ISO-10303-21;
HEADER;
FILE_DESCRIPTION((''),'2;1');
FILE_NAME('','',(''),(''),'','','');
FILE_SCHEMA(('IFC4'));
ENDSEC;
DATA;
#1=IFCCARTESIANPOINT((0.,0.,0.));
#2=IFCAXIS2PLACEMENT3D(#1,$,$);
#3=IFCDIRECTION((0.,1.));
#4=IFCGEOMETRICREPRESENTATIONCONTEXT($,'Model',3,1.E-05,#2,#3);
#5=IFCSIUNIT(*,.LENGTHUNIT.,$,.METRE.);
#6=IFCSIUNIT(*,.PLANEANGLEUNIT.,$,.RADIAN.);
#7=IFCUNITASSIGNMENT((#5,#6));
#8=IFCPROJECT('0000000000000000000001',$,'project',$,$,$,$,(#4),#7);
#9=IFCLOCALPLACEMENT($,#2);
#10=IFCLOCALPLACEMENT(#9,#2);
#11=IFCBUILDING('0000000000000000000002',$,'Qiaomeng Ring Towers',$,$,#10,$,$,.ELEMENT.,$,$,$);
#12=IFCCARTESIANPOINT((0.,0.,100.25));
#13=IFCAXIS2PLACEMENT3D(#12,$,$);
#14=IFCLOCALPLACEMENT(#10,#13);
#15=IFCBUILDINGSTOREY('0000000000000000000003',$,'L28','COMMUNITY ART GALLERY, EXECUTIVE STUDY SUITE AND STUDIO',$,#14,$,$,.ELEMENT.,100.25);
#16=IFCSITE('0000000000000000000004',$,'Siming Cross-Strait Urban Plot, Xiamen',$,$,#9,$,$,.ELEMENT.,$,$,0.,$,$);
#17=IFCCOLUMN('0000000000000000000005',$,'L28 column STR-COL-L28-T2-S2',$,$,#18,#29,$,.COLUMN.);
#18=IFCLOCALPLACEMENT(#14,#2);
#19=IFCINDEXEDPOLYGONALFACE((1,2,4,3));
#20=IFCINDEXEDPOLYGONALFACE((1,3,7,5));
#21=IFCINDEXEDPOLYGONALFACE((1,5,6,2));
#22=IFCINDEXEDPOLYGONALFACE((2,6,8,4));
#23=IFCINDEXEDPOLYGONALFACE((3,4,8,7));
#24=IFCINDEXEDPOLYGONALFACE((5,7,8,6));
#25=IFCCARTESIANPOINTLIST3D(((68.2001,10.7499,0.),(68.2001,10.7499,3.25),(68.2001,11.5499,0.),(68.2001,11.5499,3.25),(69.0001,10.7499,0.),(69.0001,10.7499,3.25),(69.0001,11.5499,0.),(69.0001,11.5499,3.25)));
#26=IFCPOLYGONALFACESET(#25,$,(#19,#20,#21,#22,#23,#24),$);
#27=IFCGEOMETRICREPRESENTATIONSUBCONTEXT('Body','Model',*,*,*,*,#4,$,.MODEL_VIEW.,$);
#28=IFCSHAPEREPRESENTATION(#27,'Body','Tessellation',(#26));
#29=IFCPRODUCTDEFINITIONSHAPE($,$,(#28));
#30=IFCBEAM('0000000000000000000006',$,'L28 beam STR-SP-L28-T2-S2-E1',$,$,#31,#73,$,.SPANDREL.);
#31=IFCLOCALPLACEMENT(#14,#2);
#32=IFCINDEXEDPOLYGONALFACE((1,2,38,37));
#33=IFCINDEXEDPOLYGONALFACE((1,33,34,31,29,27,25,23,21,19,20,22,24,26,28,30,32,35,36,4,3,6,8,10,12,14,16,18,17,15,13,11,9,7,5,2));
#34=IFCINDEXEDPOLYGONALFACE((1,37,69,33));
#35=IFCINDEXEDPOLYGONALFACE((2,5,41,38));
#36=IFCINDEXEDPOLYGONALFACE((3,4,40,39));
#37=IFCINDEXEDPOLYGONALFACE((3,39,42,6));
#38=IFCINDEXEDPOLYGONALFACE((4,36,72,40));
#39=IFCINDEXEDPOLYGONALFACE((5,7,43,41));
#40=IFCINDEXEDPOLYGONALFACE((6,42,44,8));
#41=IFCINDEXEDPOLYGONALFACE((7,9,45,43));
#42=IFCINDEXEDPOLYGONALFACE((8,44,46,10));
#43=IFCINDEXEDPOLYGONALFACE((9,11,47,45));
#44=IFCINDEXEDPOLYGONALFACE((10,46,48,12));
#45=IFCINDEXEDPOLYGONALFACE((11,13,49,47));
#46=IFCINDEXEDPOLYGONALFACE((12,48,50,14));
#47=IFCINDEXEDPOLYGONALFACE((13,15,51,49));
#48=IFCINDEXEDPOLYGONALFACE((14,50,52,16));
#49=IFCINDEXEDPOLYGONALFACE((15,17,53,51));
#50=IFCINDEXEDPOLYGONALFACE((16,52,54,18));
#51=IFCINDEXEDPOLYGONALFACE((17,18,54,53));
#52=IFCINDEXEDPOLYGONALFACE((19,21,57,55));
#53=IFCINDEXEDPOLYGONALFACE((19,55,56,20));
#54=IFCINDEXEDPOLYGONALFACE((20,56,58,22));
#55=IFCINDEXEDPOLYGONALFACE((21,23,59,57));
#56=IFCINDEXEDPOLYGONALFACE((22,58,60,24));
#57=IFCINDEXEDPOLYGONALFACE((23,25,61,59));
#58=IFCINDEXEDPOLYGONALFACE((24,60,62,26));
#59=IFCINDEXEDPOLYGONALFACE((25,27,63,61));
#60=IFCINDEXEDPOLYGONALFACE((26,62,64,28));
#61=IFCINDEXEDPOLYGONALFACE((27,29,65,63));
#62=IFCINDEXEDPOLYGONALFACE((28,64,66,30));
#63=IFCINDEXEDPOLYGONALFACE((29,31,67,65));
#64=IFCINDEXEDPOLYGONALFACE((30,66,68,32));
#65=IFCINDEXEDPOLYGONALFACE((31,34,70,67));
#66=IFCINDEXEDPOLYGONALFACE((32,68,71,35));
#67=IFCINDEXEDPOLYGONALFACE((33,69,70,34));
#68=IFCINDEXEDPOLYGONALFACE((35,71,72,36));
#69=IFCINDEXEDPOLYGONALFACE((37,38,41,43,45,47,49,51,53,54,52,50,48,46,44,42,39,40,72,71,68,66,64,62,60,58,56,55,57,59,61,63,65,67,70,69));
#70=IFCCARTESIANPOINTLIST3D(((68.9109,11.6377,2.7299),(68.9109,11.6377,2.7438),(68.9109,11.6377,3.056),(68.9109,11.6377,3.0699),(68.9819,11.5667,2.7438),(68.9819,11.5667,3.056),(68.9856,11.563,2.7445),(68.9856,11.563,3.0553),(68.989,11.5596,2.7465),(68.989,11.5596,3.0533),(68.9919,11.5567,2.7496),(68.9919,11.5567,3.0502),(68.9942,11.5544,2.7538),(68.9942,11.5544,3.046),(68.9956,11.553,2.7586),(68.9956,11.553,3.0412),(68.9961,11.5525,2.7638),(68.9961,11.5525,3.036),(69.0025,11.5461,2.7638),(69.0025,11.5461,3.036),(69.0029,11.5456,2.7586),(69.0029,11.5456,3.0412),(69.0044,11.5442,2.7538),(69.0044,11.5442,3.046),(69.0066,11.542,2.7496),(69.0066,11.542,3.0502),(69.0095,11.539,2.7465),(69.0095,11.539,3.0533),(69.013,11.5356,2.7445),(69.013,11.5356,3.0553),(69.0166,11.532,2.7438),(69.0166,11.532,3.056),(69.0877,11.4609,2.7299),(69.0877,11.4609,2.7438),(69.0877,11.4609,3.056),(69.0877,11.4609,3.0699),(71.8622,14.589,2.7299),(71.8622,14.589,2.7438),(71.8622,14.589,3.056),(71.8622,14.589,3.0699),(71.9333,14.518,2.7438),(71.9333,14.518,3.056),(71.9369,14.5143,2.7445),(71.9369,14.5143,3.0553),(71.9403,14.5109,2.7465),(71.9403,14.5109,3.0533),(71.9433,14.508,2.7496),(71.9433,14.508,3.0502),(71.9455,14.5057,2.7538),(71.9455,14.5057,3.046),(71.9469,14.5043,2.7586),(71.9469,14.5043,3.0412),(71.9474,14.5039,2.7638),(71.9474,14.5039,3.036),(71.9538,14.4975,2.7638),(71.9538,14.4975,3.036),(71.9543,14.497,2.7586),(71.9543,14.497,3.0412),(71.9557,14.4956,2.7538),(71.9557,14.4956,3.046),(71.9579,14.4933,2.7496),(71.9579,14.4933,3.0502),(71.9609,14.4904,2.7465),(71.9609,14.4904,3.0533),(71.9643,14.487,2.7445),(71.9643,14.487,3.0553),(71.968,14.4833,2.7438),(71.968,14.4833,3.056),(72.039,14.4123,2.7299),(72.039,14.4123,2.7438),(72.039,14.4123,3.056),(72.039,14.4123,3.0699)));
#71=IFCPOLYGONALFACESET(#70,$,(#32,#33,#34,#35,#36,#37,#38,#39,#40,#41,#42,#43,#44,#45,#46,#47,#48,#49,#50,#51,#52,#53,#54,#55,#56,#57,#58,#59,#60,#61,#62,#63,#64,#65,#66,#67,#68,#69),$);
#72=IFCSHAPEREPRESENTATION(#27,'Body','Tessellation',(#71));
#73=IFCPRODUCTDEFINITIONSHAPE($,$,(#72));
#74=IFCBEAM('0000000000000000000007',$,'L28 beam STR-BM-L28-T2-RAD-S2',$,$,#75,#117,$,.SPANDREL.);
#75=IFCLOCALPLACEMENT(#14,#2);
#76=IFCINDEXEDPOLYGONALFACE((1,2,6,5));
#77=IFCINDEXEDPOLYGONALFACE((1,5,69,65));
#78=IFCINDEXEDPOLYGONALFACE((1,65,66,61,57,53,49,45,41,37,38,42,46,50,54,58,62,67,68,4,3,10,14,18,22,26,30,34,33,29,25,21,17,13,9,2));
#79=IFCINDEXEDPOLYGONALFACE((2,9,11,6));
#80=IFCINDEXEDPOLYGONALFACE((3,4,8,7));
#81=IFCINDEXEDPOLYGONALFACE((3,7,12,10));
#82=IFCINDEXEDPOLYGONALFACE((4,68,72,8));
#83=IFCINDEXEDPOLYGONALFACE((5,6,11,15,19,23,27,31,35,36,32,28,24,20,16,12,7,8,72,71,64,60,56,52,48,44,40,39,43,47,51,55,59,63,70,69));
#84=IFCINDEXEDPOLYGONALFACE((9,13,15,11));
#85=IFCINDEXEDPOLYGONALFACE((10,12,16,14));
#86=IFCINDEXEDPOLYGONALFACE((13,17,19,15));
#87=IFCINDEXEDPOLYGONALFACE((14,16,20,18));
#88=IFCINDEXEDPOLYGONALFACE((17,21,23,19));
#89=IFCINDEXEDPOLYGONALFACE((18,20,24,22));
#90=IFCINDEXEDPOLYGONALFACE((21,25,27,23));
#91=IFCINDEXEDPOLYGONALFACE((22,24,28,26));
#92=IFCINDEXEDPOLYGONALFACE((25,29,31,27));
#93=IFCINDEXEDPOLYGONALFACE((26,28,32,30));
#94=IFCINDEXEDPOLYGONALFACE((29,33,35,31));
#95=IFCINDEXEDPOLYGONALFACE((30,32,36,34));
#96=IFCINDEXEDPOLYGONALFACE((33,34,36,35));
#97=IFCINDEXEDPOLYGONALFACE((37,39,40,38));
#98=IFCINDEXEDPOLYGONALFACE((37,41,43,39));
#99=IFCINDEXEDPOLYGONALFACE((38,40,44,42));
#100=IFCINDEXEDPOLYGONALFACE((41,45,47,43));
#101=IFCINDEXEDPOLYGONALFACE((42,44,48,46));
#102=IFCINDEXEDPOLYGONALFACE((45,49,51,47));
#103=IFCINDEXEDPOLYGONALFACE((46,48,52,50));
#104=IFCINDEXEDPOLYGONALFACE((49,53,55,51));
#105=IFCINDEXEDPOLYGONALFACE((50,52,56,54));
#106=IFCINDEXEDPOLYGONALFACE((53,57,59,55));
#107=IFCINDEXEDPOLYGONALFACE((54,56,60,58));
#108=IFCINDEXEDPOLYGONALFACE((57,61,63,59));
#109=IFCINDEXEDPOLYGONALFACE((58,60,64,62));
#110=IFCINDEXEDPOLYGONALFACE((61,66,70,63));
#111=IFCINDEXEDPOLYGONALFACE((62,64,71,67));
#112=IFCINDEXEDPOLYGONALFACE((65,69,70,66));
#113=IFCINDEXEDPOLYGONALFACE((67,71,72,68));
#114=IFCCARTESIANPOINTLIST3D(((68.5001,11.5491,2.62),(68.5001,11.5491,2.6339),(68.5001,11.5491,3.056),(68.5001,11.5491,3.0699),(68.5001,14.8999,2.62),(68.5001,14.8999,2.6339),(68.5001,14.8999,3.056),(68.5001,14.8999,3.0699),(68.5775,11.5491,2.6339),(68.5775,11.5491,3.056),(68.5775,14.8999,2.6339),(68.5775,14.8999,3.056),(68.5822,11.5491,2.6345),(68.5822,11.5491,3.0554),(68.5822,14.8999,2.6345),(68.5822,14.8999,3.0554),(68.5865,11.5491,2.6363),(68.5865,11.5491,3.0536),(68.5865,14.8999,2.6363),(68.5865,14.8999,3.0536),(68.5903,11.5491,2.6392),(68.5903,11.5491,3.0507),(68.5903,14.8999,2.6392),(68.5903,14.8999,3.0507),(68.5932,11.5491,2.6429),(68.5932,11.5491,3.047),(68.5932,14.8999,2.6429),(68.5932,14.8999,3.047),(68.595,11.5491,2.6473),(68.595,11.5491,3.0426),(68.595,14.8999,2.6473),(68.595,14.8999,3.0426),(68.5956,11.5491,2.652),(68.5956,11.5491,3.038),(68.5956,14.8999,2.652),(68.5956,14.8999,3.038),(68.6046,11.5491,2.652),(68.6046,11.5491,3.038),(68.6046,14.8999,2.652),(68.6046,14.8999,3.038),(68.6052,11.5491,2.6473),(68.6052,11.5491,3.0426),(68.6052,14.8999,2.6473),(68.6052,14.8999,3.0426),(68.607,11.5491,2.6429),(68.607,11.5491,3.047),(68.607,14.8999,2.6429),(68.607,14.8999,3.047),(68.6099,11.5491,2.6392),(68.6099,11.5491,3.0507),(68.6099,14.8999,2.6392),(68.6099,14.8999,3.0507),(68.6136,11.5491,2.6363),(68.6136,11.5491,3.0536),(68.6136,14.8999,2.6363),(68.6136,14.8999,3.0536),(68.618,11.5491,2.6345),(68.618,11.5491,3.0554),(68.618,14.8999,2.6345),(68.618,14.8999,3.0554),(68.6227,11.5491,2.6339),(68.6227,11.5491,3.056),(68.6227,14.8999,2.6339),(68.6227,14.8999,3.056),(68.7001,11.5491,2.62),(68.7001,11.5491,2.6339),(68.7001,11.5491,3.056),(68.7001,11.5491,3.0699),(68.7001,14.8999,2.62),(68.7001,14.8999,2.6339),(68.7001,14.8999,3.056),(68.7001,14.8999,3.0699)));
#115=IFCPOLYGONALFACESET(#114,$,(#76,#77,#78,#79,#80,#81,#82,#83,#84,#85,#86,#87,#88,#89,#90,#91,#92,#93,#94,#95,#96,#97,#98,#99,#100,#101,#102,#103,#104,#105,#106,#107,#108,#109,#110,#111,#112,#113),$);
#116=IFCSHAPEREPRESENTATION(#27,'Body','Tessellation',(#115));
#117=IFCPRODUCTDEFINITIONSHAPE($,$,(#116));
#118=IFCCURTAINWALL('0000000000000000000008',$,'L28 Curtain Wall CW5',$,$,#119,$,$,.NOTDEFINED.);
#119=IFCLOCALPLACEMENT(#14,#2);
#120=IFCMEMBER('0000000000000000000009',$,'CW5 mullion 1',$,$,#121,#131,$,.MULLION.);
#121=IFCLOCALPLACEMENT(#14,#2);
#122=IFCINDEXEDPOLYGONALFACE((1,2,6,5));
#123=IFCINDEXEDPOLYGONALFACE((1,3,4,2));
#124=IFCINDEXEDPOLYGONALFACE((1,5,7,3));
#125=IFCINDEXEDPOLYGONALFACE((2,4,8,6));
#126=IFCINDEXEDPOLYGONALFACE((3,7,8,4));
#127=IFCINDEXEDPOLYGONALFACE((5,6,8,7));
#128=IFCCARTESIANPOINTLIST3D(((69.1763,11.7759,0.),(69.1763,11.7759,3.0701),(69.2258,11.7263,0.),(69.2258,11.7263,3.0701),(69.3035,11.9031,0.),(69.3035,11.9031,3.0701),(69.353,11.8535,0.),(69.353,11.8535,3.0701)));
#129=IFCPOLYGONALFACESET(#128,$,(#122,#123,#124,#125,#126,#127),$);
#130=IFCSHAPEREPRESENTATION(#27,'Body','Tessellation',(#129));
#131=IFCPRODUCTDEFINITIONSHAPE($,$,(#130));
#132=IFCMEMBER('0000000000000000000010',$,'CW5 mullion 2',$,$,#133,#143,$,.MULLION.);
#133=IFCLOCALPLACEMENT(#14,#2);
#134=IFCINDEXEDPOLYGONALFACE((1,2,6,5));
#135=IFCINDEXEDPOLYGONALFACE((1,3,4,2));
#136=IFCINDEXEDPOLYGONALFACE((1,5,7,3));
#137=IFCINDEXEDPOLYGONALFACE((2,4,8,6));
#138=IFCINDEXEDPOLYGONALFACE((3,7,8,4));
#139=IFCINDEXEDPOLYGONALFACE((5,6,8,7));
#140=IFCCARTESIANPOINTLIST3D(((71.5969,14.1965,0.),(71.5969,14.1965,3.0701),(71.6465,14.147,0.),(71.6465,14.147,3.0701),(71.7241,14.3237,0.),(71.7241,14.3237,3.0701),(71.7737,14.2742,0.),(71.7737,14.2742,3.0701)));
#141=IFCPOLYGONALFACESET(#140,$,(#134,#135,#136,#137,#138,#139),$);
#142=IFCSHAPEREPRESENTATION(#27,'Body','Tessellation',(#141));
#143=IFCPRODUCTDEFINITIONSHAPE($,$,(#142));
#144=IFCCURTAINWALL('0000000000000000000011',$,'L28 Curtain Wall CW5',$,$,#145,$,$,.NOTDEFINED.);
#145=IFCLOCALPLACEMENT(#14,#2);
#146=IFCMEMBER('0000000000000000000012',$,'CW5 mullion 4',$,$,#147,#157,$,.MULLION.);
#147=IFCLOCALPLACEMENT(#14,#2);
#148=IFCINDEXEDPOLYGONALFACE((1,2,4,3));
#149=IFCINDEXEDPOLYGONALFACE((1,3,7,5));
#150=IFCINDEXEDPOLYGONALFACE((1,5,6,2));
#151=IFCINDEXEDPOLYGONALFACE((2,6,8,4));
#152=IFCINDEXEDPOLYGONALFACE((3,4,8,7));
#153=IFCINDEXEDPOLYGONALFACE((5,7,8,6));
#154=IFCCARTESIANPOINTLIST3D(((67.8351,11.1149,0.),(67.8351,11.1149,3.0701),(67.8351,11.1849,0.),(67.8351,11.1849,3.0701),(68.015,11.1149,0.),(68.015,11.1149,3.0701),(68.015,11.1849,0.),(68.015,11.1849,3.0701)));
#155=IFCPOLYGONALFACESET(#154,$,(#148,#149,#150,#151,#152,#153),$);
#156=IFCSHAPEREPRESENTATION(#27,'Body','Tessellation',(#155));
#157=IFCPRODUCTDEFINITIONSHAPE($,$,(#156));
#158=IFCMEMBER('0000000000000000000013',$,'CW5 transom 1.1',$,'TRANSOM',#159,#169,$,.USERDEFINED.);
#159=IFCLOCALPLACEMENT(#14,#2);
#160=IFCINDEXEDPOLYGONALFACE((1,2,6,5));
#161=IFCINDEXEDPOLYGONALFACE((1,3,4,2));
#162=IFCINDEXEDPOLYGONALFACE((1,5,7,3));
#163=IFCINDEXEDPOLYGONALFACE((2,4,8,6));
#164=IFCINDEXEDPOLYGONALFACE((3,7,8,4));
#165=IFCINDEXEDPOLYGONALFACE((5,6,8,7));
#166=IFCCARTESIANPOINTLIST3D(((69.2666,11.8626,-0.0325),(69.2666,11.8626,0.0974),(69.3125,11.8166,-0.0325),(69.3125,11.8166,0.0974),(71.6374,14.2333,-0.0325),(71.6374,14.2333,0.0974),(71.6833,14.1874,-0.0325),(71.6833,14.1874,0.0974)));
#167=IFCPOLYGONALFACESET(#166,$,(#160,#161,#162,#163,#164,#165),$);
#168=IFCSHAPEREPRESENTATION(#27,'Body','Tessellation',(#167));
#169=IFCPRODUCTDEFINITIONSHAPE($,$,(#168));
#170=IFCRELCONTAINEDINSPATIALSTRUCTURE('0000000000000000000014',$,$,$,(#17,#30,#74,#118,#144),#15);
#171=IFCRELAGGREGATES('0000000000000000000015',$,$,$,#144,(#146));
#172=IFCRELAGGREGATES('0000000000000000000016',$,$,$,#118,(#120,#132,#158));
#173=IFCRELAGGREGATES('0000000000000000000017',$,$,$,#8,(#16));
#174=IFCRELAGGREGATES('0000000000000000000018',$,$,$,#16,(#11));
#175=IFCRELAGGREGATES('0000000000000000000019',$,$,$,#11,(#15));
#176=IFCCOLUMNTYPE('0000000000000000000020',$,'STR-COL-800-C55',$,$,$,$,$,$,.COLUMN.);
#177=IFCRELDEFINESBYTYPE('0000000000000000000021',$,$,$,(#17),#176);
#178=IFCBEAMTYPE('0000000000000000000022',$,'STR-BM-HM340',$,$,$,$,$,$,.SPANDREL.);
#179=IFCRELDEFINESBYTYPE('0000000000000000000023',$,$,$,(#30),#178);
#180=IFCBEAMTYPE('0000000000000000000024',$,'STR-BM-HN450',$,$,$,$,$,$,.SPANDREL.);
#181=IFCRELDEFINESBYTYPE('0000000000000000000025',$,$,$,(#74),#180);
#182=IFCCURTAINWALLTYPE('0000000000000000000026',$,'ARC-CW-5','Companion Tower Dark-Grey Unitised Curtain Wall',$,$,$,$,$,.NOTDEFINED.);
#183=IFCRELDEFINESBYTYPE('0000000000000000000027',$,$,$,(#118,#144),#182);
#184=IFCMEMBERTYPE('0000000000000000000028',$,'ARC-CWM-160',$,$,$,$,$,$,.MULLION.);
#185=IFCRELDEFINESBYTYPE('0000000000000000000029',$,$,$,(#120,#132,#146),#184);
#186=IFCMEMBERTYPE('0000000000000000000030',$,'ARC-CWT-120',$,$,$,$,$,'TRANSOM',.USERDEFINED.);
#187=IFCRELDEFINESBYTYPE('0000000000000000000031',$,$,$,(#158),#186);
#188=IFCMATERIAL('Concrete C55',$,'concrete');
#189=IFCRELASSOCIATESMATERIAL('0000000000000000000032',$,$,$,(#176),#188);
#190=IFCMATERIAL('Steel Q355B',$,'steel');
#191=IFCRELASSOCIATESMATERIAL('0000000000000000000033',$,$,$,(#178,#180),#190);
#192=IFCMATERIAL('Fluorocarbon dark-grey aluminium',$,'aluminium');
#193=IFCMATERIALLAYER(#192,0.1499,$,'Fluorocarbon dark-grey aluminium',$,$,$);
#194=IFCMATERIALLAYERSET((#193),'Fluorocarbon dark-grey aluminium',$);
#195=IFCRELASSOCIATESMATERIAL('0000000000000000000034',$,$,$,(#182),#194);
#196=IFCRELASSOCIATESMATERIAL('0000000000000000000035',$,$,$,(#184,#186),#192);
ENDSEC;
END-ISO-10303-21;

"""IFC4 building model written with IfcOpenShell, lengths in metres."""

from ifc_helpers import new_model, si_unit, direction, frame, origin, origin_2d, place, context, subcontext, project, spatial, rectangle, i_section, extrude, source, transform, mapped, material, layer, layer_set, material_profile, profile_set, type_object, element, aggregate, save


model = new_model("IFC4")

# Units and contexts
model_context = context("Model", 3, precision=1e-05, world=origin(), true_north=direction((0.0, 1.0)))
body_context = subcontext(model_context, "Body", "Model", "MODEL_VIEW")
ifc_project = project(units=[si_unit("LENGTHUNIT", "METRE"), si_unit("PLANEANGLEUNIT", "RADIAN")], contexts=[model_context])

# Site, building, storey
site_placement = place(None, origin())
site = spatial("IfcSite", under=ifc_project, at=site_placement, Name="Siming Cross-Strait Urban Plot, Xiamen", CompositionType="ELEMENT", RefElevation=0.0)
building_placement = place(site_placement, origin())
building = spatial("IfcBuilding", under=site, at=building_placement, Name="Qiaomeng Ring Towers", CompositionType="ELEMENT")
storey_placement = place(building_placement, frame((0.0, 0.0, 100.25)))
storey = spatial("IfcBuildingStorey", under=building, at=storey_placement, Name="L28", Description="COMMUNITY ART GALLERY, EXECUTIVE STUDY SUITE AND STUDIO", CompositionType="ELEMENT", Elevation=100.25)

# Column
ifc_material_1 = material(Name="Concrete C55", Category="concrete")
ifc_material_profile_1 = material_profile(ifc_material_1, rectangle(XDim=0.8, YDim=0.8, at=origin_2d()), Name="RC COL 800x800")
ifc_profile_set_1 = profile_set([ifc_material_profile_1], Name="Concrete C55")
column_type = type_object("IfcColumnType", Name="STR-COL-800-C55", PredefinedType="COLUMN", material=ifc_profile_set_1)
shared_shape_1 = source(origin(), body_context, "Body", "SweptSolid", [
    extrude(rectangle(XDim=0.8, YDim=0.8, at=origin_2d()), origin(), (0.0, 0.0, 1.0), 3.25),
])
column_placement = place(storey_placement, frame((68.6001, 11.1499, 0.0), z_axis=(0.0, 0.0, 1.0), x_axis=(1.0, 0.0, 0.0)))
element("IfcColumn", 1, at=column_placement, inside=storey, type_object=column_type, Name="L28 column STR-COL-L28-T2-S2", PredefinedType="COLUMN", context=body_context, shape_type="MappedRepresentation", body=[
    mapped(shared_shape_1, transform((0.0, 0.0, 0.0), x_axis=(1.0, 0.0, 0.0), y_axis=(0.0, 1.0, 0.0), z_axis=(0.0, 0.0, 1.0), scale=1.0)),
])

# Beams
ifc_material_2 = material(Name="Steel Q355B", Category="steel")
ifc_material_profile_2 = material_profile(ifc_material_2, i_section(OverallWidth=0.25, OverallDepth=0.3401, WebThickness=0.009, FlangeThickness=0.0139, FilletRadius=0.02, at=origin_2d()), Name="HM 340x250x9x14")
ifc_profile_set_2 = profile_set([ifc_material_profile_2], Name="Steel Q355B")
beam_type_1 = type_object("IfcBeamType", Name="STR-BM-HM340", PredefinedType="SPANDREL", material=ifc_profile_set_2)
shared_shape_2 = source(origin(), body_context, "Body", "SweptSolid", [
    extrude(i_section(OverallWidth=0.25, OverallDepth=0.3401, WebThickness=0.009, FlangeThickness=0.0139, FilletRadius=0.02, at=origin_2d()), origin(), (0.0, 0.0, 1.0), 4.1738),
])
beam_1_placement = place(storey_placement, frame((68.9993, 11.5493, 2.8999), z_axis=(0.707107, 0.707107, 0.0), x_axis=(-0.707107, 0.707107, 0.0)))
element("IfcBeam", 2, at=beam_1_placement, inside=storey, type_object=beam_type_1, Name="L28 beam STR-SP-L28-T2-S2-E1", PredefinedType="SPANDREL", context=body_context, shape_type="MappedRepresentation", body=[
    mapped(shared_shape_2, transform((0.0, 0.0, 0.0), x_axis=(1.0, 0.0, 0.0), y_axis=(0.0, 1.0, 0.0), z_axis=(0.0, 0.0, 1.0), scale=1.0)),
])
ifc_material_profile_3 = material_profile(ifc_material_2, i_section(OverallWidth=0.2, OverallDepth=0.45, WebThickness=0.009, FlangeThickness=0.0139, FilletRadius=0.0181, at=origin_2d()), Name="HN 450x200x9x14")
ifc_profile_set_3 = profile_set([ifc_material_profile_3], Name="Steel Q355B")
beam_type_2 = type_object("IfcBeamType", Name="STR-BM-HN450", PredefinedType="SPANDREL", material=ifc_profile_set_3)
shared_shape_3 = source(origin(), body_context, "Body", "SweptSolid", [
    extrude(i_section(OverallWidth=0.2, OverallDepth=0.45, WebThickness=0.009, FlangeThickness=0.0139, FilletRadius=0.0181, at=origin_2d()), origin(), (0.0, 0.0, 1.0), 3.3508),
])
beam_2_placement = place(storey_placement, frame((68.6001, 11.5491, 2.845), z_axis=(0.0, 1.0, 0.0), x_axis=(-1.0, 0.0, 0.0)))
element("IfcBeam", 3, at=beam_2_placement, inside=storey, type_object=beam_type_2, Name="L28 beam STR-BM-L28-T2-RAD-S2", PredefinedType="SPANDREL", context=body_context, shape_type="MappedRepresentation", body=[
    mapped(shared_shape_3, transform((0.0, 0.0, 0.0), x_axis=(1.0, 0.0, 0.0), y_axis=(0.0, 1.0, 0.0), z_axis=(0.0, 0.0, 1.0), scale=1.0)),
])

# Curtain wall, members
ifc_material_3 = material(Name="Fluorocarbon dark-grey aluminium", Category="aluminium")
ifc_layer_1 = layer(ifc_material_3, 0.1499, Name="Fluorocarbon dark-grey aluminium")
ifc_layer_set_1 = layer_set([ifc_layer_1], Name="Fluorocarbon dark-grey aluminium")
curtain_wall_type = type_object("IfcCurtainWallType", Name="ARC-CW-5", Description="Companion Tower Dark-Grey Unitised Curtain Wall", PredefinedType="NOTDEFINED", material=ifc_layer_set_1)
curtain_wall_1_placement = place(storey_placement, origin())
curtain_wall_1 = element("IfcCurtainWall", 4, at=curtain_wall_1_placement, inside=storey, type_object=curtain_wall_type, Name="L28 Curtain Wall CW5", PredefinedType="NOTDEFINED")
ifc_material_profile_4 = material_profile(ifc_material_3, rectangle(XDim=0.0701, YDim=0.1799, at=origin_2d()), Name="ALU MULL 70x180")
ifc_profile_set_4 = profile_set([ifc_material_profile_4], Name="Fluorocarbon dark-grey aluminium")
member_type_1 = type_object("IfcMemberType", Name="ARC-CWM-160", PredefinedType="MULLION", material=ifc_profile_set_4)
shared_shape_4 = source(origin(), body_context, "Body", "SweptSolid", [
    extrude(rectangle(XDim=0.0701, YDim=0.1799, at=origin_2d()), origin(), (0.0, 0.0, 1.0), 3.0701),
])
member_1_placement = place(storey_placement, frame((69.2646, 11.8147, 0.0), z_axis=(0.0, 0.0, 1.0), x_axis=(-0.707107, 0.707107, 0.0)))
member_1 = element("IfcMember", 5, at=member_1_placement, type_object=member_type_1, Name="CW5 mullion 1", PredefinedType="MULLION", context=body_context, shape_type="MappedRepresentation", body=[
    mapped(shared_shape_4, transform((0.0, 0.0, 0.0), x_axis=(1.0, 0.0, 0.0), y_axis=(0.0, 1.0, 0.0), z_axis=(0.0, 0.0, 1.0), scale=1.0)),
])
member_2_placement = place(storey_placement, frame((71.6853, 14.2354, 0.0), z_axis=(0.0, 0.0, 1.0), x_axis=(-0.707107, 0.707107, 0.0)))
member_2 = element("IfcMember", 6, at=member_2_placement, type_object=member_type_1, Name="CW5 mullion 2", PredefinedType="MULLION", context=body_context, shape_type="MappedRepresentation", body=[
    mapped(shared_shape_4, transform((0.0, 0.0, 0.0), x_axis=(1.0, 0.0, 0.0), y_axis=(0.0, 1.0, 0.0), z_axis=(0.0, 0.0, 1.0), scale=1.0)),
])

# Curtain wall, member
curtain_wall_2_placement = place(storey_placement, origin())
curtain_wall_2 = element("IfcCurtainWall", 7, at=curtain_wall_2_placement, inside=storey, type_object=curtain_wall_type, Name="L28 Curtain Wall CW5", PredefinedType="NOTDEFINED")
member_3_placement = place(storey_placement, frame((67.925, 11.1499, 0.0), z_axis=(0.0, 0.0, 1.0), x_axis=(0.0, 1.0, 0.0)))
member_3 = element("IfcMember", 8, at=member_3_placement, type_object=member_type_1, Name="CW5 mullion 4", PredefinedType="MULLION", context=body_context, shape_type="MappedRepresentation", body=[
    mapped(shared_shape_4, transform((0.0, 0.0, 0.0), x_axis=(1.0, 0.0, 0.0), y_axis=(0.0, 1.0, 0.0), z_axis=(0.0, 0.0, 1.0), scale=1.0)),
])
aggregate(curtain_wall_2, [member_3])

# Member
ifc_material_profile_5 = material_profile(ifc_material_3, rectangle(XDim=0.0649, YDim=0.1299, at=origin_2d()), Name="ALU TRAN 65x130")
ifc_profile_set_5 = profile_set([ifc_material_profile_5], Name="Fluorocarbon dark-grey aluminium")
member_type_2 = type_object("IfcMemberType", Name="ARC-CWT-120", ElementType="TRANSOM", PredefinedType="USERDEFINED", material=ifc_profile_set_5)
shared_shape_5 = source(origin(), body_context, "Body", "SweptSolid", [
    extrude(rectangle(XDim=0.0649, YDim=0.1299, at=origin_2d()), origin(), (0.0, 0.0, 1.0), 3.3528),
])
member_4_placement = place(storey_placement, frame((69.2896, 11.8396, 0.0325), z_axis=(0.707107, 0.707107, 0.0), x_axis=(-0.707107, 0.707107, 0.0)))
member_4 = element("IfcMember", 9, at=member_4_placement, type_object=member_type_2, Name="CW5 transom 1.1", ObjectType="TRANSOM", PredefinedType="USERDEFINED", context=body_context, shape_type="MappedRepresentation", body=[
    mapped(shared_shape_5, transform((0.0, 0.0, 0.0), x_axis=(1.0, 0.0, 0.0), y_axis=(0.0, 1.0, 0.0), z_axis=(0.0, 0.0, 1.0), scale=1.0)),
])

aggregate(curtain_wall_1, [member_1, member_2, member_4])

save(model, "model.ifc")
